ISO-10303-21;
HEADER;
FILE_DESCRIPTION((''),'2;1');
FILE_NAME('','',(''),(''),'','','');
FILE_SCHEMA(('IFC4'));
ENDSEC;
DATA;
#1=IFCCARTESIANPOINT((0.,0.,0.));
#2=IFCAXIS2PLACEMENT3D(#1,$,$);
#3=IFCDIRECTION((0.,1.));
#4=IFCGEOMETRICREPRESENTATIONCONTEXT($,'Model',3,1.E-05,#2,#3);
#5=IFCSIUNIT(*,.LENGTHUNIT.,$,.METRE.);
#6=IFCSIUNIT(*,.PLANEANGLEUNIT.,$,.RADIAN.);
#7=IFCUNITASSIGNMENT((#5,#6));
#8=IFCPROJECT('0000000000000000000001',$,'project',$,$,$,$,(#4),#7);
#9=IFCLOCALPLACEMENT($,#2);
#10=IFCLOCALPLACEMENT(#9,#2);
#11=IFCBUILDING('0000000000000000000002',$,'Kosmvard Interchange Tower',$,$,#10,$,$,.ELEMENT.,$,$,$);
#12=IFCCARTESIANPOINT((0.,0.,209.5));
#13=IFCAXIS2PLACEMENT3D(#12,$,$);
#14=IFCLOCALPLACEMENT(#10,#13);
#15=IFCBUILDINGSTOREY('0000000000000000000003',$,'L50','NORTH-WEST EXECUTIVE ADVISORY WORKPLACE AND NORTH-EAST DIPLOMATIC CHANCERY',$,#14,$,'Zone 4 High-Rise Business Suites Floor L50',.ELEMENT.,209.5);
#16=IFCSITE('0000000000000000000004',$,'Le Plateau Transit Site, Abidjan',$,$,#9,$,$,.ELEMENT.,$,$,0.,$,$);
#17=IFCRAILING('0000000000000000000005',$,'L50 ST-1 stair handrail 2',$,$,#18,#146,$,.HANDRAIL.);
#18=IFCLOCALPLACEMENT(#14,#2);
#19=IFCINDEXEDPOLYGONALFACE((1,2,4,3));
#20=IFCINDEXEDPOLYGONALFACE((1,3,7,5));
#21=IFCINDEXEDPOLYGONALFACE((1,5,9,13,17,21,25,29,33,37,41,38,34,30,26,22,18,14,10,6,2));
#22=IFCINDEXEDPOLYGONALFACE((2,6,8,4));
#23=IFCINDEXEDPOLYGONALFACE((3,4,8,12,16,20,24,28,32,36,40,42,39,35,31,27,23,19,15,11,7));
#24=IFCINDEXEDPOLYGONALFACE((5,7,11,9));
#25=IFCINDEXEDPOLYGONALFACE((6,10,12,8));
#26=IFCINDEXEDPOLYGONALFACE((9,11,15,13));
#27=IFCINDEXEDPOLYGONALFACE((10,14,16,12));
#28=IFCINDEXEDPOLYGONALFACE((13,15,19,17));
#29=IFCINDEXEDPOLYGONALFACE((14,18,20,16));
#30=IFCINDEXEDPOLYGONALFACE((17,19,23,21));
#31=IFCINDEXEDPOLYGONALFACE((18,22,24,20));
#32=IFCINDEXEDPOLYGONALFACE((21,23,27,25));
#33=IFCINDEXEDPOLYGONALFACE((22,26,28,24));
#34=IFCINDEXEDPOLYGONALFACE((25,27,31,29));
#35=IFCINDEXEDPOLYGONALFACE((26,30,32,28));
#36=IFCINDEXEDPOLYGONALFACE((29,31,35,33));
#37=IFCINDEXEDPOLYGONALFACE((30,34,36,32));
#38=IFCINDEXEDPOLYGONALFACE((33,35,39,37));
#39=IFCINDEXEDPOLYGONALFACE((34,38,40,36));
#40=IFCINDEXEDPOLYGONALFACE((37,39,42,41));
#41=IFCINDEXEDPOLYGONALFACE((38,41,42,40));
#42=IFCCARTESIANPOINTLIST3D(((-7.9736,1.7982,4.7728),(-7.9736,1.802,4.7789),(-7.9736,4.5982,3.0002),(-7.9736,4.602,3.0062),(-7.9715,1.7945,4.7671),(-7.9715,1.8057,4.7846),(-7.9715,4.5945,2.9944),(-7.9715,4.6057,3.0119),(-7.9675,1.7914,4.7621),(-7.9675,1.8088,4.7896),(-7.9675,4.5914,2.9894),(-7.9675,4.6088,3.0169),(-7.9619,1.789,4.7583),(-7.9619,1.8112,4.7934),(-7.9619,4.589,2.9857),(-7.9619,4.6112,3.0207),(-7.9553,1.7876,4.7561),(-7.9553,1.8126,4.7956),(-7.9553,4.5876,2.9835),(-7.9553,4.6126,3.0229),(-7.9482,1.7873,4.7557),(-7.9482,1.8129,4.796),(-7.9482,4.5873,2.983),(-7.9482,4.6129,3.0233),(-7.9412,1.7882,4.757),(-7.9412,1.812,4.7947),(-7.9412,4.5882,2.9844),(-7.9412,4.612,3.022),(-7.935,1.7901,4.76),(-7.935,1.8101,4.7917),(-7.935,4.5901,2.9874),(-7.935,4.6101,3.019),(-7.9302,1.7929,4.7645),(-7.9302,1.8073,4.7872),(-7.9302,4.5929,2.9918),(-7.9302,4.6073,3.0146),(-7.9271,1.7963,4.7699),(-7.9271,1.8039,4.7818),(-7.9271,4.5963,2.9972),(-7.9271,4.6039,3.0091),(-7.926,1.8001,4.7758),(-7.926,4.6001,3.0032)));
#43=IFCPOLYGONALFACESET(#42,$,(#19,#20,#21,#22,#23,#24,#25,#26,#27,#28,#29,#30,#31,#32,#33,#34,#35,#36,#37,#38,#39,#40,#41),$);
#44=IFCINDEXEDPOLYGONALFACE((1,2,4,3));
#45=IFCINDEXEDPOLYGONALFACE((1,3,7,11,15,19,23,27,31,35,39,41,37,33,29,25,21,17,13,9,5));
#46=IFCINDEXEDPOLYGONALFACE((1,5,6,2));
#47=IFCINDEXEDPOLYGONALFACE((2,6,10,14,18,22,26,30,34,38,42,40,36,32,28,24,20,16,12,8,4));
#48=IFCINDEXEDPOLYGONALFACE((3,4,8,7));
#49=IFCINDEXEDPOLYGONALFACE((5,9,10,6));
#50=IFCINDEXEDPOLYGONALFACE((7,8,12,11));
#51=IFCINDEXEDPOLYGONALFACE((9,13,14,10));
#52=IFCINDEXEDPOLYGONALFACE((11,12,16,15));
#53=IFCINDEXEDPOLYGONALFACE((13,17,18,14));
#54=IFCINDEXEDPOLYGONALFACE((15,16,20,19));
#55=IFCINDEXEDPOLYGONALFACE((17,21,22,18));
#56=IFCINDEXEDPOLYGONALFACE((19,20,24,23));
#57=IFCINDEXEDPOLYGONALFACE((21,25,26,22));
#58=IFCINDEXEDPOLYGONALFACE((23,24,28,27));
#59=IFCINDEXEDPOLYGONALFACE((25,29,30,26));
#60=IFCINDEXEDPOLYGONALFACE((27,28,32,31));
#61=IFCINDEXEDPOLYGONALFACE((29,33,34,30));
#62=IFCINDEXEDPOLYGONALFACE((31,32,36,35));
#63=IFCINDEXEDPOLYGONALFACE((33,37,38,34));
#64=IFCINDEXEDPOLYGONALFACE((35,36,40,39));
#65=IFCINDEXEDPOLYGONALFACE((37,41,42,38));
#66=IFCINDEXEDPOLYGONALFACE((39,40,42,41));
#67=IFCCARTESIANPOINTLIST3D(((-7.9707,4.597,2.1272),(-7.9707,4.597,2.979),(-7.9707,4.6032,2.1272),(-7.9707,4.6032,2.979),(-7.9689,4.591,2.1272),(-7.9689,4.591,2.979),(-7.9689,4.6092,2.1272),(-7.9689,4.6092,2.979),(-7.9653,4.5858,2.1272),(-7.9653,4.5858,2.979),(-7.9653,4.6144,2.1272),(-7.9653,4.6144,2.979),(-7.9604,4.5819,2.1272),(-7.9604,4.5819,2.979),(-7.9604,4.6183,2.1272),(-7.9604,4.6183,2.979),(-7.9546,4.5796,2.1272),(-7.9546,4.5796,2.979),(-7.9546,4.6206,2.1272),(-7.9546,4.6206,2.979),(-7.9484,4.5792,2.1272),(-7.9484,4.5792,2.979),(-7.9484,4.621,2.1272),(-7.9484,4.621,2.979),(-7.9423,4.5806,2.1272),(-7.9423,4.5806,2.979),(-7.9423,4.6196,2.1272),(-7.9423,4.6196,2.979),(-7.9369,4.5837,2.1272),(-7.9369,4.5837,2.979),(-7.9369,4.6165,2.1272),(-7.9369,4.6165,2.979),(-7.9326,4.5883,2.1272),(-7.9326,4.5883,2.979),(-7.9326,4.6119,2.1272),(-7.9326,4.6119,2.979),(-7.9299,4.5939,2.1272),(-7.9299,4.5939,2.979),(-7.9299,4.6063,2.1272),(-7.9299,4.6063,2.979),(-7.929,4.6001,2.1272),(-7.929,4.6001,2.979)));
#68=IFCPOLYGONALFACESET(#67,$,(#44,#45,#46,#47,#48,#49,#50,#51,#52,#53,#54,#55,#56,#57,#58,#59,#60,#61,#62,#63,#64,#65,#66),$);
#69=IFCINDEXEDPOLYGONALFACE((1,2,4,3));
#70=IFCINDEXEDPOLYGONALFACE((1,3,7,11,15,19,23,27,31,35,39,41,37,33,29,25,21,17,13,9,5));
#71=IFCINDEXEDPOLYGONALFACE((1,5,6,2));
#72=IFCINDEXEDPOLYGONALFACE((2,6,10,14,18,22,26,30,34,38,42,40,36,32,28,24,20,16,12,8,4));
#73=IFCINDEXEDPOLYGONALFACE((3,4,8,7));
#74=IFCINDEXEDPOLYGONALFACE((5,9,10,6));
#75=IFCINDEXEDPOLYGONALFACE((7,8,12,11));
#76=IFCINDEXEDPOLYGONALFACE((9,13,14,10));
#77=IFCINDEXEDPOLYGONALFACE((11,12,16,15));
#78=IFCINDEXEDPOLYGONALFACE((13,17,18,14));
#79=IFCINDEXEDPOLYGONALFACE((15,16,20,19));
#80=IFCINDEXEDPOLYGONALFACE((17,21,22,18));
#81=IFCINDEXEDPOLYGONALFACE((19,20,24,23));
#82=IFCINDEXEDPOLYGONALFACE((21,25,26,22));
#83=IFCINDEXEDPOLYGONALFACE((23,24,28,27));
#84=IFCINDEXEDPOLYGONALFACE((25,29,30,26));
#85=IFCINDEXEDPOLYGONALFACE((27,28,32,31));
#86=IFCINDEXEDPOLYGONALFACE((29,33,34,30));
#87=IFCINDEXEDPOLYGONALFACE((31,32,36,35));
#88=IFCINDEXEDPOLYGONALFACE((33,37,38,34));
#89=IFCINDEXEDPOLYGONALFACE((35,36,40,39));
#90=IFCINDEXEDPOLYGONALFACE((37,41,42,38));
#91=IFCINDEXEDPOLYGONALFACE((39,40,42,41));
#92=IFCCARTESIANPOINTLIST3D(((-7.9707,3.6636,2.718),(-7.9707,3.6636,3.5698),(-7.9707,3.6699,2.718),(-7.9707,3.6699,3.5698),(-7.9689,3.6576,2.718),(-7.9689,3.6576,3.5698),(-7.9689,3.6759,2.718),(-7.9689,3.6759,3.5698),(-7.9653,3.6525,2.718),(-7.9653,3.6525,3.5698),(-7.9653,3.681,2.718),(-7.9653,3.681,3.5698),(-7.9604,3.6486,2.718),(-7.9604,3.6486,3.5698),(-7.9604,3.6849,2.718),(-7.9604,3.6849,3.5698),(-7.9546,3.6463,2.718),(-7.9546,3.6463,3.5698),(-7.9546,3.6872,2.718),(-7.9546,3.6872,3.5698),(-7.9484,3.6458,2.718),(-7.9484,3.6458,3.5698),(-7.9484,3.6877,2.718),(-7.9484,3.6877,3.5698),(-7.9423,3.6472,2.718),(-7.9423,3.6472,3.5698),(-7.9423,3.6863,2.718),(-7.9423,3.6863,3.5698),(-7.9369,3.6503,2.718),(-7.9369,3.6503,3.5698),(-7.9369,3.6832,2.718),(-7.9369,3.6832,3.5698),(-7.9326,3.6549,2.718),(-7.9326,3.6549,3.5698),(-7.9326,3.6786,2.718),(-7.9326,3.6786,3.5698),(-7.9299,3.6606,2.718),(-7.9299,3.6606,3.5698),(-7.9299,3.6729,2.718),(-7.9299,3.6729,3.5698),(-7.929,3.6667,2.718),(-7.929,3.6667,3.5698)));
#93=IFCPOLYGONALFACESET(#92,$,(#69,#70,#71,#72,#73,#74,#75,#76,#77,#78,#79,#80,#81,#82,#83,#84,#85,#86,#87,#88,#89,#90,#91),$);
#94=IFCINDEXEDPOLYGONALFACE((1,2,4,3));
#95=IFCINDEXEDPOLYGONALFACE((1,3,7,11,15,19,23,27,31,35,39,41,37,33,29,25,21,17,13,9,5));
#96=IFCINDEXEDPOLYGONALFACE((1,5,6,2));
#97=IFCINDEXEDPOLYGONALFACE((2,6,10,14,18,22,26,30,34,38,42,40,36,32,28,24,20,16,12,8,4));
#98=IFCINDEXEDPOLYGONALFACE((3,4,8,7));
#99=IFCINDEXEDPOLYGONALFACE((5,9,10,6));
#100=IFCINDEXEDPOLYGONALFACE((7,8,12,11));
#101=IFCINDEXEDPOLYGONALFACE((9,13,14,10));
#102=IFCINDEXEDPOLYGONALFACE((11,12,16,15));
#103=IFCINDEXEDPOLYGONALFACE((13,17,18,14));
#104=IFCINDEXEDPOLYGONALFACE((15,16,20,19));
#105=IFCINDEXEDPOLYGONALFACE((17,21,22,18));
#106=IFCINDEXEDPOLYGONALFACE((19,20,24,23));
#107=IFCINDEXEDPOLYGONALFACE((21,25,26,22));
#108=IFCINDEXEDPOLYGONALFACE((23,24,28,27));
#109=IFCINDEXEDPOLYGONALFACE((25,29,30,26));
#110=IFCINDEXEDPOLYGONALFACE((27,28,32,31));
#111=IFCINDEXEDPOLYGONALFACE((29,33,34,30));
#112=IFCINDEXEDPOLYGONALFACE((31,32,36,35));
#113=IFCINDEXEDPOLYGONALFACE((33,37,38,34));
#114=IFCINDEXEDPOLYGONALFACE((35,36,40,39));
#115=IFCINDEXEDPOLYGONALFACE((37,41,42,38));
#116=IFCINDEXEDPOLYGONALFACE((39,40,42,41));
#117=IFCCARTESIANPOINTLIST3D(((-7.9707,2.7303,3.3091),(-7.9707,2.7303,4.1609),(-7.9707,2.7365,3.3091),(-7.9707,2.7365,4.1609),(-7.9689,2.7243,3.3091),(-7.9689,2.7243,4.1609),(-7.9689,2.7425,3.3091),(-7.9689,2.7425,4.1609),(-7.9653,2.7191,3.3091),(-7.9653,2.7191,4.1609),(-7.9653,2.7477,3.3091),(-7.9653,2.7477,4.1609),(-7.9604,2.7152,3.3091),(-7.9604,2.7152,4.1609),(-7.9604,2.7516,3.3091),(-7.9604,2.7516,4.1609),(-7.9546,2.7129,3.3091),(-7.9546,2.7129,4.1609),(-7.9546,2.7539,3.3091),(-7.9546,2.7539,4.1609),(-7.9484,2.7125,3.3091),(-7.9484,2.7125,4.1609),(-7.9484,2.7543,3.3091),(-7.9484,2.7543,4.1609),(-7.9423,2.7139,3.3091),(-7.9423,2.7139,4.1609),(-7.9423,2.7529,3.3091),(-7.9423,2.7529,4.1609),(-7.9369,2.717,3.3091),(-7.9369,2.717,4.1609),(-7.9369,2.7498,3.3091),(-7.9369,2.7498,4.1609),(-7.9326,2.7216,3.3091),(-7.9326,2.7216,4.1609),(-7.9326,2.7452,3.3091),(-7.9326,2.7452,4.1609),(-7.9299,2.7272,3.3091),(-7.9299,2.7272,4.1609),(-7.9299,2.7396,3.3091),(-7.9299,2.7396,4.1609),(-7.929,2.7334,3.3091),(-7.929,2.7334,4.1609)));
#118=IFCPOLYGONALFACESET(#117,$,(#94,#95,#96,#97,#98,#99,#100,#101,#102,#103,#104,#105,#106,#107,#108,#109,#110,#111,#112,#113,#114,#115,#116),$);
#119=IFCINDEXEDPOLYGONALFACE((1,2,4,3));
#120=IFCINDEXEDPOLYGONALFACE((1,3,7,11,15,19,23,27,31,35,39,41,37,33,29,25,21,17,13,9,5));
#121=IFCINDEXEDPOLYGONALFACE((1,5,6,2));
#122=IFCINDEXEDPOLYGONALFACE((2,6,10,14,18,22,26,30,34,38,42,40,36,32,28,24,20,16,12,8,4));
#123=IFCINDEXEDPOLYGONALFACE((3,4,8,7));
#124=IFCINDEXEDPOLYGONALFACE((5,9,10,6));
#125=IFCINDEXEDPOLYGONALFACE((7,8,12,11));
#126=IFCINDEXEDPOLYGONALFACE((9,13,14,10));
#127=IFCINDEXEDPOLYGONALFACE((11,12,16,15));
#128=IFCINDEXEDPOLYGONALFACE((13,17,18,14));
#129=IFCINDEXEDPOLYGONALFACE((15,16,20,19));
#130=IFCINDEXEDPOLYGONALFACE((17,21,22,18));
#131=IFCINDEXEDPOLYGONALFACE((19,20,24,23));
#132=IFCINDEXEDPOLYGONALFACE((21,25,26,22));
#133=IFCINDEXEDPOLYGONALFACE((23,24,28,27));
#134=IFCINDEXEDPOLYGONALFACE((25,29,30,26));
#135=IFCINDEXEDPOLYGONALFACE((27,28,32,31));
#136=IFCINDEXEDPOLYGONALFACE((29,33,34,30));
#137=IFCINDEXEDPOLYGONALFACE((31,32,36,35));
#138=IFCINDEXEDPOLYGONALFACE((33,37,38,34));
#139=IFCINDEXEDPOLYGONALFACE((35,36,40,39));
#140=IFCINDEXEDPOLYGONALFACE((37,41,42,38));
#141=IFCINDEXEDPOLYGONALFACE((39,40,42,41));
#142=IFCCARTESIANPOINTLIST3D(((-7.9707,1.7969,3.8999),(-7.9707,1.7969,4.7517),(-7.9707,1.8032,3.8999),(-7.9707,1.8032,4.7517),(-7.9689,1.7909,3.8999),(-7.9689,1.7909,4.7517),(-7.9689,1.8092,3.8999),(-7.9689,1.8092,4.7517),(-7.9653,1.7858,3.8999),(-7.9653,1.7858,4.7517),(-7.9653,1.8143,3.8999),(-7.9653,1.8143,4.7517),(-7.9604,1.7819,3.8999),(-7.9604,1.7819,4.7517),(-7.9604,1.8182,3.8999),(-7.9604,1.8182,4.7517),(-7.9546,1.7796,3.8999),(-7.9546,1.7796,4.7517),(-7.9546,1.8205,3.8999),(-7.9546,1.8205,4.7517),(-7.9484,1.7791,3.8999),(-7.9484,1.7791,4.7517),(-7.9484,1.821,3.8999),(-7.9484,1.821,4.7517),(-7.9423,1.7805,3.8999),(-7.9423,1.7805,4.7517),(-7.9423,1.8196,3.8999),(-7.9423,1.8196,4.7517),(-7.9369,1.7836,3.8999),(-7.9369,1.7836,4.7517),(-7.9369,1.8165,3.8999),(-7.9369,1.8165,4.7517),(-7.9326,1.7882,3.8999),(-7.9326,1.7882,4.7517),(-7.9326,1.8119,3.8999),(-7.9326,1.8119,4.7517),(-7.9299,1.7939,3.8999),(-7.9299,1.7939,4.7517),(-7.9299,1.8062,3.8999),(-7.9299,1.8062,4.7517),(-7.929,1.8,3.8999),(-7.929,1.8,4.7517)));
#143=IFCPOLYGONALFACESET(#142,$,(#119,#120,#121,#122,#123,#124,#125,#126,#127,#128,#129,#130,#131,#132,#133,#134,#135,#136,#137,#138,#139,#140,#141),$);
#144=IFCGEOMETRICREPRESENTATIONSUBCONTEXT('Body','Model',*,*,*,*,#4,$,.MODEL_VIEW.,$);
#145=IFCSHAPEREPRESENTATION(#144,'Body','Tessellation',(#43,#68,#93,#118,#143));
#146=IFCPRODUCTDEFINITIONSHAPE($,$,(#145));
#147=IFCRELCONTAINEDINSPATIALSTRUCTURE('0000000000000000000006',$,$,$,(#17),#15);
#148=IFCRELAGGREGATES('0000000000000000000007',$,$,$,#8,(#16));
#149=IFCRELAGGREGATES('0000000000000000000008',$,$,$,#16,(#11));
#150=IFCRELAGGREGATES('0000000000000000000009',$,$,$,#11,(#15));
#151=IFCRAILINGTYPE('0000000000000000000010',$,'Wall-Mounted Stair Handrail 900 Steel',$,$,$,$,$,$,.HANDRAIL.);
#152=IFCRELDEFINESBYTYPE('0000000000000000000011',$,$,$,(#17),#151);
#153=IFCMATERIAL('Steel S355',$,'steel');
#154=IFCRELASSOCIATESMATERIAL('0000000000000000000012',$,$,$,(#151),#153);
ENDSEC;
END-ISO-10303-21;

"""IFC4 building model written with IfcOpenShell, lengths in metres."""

from ifc_helpers import new_model, si_unit, direction, frame, origin, origin_2d, place, context, subcontext, project, spatial, circle, extrude, source, transform, mapped, material, type_object, element, save


model = new_model("IFC4")

# Units and contexts
model_context = context("Model", 3, precision=1e-05, world=origin(), true_north=direction((0.0, 1.0)))
body_context = subcontext(model_context, "Body", "Model", "MODEL_VIEW")
ifc_project = project(units=[si_unit("LENGTHUNIT", "METRE"), si_unit("PLANEANGLEUNIT", "RADIAN")], contexts=[model_context])

# Site, building, storey
site_placement = place(None, origin())
site = spatial("IfcSite", under=ifc_project, at=site_placement, Name="Le Plateau Transit Site, Abidjan", CompositionType="ELEMENT", RefElevation=0.0)
building_placement = place(site_placement, origin())
building = spatial("IfcBuilding", under=site, at=building_placement, Name="Kosmvard Interchange Tower", CompositionType="ELEMENT")
storey_placement = place(building_placement, frame((0.0, 0.0, 209.5)))
storey = spatial("IfcBuildingStorey", under=building, at=storey_placement, Name="L50", Description="NORTH-WEST EXECUTIVE ADVISORY WORKPLACE AND NORTH-EAST DIPLOMATIC CHANCERY", LongName="Zone 4 High-Rise Business Suites Floor L50", CompositionType="ELEMENT", Elevation=209.5)

# Railing
ifc_material_1 = material(Name="Steel S355", Category="steel")
railing_type_1 = type_object("IfcRailingType", Name="Wall-Mounted Stair Handrail 900 Steel", PredefinedType="HANDRAIL", material=ifc_material_1)
shared_shape_1 = source(origin(), body_context, "Body", "SweptSolid", [
    extrude(circle(Radius=0.0239, at=origin_2d()), frame((0.0, 0.0, 0.876), z_axis=(0.0, -0.844909, 0.53491), x_axis=(1.0, 0.0, 0.0)), (0.0, 0.0, 1.0), 3.314),
    extrude(circle(Radius=0.021, at=origin_2d()), origin(), (0.0, 0.0, 1.0), 0.8518),
    extrude(circle(Radius=0.021, at=origin_2d()), frame((0.0, -0.9333, 0.5908)), (0.0, 0.0, 1.0), 0.8518),
    extrude(circle(Radius=0.021, at=origin_2d()), frame((0.0, -1.8667, 1.1819)), (0.0, 0.0, 1.0), 0.8518),
    extrude(circle(Radius=0.021, at=origin_2d()), frame((0.0, -2.8, 1.7727)), (0.0, 0.0, 1.0), 0.8518),
])
railing_1_placement = place(storey_placement, frame((-7.95, 4.6001, 2.1272)))
element("IfcRailing", 1, at=railing_1_placement, inside=storey, type_object=railing_type_1, Name="L50 ST-1 stair handrail 2", PredefinedType="HANDRAIL", context=body_context, shape_type="MappedRepresentation", body=[
    mapped(shared_shape_1, transform((0.0, 0.0, 0.0), scale=1.0)),
])

save(model, "model.ifc")
